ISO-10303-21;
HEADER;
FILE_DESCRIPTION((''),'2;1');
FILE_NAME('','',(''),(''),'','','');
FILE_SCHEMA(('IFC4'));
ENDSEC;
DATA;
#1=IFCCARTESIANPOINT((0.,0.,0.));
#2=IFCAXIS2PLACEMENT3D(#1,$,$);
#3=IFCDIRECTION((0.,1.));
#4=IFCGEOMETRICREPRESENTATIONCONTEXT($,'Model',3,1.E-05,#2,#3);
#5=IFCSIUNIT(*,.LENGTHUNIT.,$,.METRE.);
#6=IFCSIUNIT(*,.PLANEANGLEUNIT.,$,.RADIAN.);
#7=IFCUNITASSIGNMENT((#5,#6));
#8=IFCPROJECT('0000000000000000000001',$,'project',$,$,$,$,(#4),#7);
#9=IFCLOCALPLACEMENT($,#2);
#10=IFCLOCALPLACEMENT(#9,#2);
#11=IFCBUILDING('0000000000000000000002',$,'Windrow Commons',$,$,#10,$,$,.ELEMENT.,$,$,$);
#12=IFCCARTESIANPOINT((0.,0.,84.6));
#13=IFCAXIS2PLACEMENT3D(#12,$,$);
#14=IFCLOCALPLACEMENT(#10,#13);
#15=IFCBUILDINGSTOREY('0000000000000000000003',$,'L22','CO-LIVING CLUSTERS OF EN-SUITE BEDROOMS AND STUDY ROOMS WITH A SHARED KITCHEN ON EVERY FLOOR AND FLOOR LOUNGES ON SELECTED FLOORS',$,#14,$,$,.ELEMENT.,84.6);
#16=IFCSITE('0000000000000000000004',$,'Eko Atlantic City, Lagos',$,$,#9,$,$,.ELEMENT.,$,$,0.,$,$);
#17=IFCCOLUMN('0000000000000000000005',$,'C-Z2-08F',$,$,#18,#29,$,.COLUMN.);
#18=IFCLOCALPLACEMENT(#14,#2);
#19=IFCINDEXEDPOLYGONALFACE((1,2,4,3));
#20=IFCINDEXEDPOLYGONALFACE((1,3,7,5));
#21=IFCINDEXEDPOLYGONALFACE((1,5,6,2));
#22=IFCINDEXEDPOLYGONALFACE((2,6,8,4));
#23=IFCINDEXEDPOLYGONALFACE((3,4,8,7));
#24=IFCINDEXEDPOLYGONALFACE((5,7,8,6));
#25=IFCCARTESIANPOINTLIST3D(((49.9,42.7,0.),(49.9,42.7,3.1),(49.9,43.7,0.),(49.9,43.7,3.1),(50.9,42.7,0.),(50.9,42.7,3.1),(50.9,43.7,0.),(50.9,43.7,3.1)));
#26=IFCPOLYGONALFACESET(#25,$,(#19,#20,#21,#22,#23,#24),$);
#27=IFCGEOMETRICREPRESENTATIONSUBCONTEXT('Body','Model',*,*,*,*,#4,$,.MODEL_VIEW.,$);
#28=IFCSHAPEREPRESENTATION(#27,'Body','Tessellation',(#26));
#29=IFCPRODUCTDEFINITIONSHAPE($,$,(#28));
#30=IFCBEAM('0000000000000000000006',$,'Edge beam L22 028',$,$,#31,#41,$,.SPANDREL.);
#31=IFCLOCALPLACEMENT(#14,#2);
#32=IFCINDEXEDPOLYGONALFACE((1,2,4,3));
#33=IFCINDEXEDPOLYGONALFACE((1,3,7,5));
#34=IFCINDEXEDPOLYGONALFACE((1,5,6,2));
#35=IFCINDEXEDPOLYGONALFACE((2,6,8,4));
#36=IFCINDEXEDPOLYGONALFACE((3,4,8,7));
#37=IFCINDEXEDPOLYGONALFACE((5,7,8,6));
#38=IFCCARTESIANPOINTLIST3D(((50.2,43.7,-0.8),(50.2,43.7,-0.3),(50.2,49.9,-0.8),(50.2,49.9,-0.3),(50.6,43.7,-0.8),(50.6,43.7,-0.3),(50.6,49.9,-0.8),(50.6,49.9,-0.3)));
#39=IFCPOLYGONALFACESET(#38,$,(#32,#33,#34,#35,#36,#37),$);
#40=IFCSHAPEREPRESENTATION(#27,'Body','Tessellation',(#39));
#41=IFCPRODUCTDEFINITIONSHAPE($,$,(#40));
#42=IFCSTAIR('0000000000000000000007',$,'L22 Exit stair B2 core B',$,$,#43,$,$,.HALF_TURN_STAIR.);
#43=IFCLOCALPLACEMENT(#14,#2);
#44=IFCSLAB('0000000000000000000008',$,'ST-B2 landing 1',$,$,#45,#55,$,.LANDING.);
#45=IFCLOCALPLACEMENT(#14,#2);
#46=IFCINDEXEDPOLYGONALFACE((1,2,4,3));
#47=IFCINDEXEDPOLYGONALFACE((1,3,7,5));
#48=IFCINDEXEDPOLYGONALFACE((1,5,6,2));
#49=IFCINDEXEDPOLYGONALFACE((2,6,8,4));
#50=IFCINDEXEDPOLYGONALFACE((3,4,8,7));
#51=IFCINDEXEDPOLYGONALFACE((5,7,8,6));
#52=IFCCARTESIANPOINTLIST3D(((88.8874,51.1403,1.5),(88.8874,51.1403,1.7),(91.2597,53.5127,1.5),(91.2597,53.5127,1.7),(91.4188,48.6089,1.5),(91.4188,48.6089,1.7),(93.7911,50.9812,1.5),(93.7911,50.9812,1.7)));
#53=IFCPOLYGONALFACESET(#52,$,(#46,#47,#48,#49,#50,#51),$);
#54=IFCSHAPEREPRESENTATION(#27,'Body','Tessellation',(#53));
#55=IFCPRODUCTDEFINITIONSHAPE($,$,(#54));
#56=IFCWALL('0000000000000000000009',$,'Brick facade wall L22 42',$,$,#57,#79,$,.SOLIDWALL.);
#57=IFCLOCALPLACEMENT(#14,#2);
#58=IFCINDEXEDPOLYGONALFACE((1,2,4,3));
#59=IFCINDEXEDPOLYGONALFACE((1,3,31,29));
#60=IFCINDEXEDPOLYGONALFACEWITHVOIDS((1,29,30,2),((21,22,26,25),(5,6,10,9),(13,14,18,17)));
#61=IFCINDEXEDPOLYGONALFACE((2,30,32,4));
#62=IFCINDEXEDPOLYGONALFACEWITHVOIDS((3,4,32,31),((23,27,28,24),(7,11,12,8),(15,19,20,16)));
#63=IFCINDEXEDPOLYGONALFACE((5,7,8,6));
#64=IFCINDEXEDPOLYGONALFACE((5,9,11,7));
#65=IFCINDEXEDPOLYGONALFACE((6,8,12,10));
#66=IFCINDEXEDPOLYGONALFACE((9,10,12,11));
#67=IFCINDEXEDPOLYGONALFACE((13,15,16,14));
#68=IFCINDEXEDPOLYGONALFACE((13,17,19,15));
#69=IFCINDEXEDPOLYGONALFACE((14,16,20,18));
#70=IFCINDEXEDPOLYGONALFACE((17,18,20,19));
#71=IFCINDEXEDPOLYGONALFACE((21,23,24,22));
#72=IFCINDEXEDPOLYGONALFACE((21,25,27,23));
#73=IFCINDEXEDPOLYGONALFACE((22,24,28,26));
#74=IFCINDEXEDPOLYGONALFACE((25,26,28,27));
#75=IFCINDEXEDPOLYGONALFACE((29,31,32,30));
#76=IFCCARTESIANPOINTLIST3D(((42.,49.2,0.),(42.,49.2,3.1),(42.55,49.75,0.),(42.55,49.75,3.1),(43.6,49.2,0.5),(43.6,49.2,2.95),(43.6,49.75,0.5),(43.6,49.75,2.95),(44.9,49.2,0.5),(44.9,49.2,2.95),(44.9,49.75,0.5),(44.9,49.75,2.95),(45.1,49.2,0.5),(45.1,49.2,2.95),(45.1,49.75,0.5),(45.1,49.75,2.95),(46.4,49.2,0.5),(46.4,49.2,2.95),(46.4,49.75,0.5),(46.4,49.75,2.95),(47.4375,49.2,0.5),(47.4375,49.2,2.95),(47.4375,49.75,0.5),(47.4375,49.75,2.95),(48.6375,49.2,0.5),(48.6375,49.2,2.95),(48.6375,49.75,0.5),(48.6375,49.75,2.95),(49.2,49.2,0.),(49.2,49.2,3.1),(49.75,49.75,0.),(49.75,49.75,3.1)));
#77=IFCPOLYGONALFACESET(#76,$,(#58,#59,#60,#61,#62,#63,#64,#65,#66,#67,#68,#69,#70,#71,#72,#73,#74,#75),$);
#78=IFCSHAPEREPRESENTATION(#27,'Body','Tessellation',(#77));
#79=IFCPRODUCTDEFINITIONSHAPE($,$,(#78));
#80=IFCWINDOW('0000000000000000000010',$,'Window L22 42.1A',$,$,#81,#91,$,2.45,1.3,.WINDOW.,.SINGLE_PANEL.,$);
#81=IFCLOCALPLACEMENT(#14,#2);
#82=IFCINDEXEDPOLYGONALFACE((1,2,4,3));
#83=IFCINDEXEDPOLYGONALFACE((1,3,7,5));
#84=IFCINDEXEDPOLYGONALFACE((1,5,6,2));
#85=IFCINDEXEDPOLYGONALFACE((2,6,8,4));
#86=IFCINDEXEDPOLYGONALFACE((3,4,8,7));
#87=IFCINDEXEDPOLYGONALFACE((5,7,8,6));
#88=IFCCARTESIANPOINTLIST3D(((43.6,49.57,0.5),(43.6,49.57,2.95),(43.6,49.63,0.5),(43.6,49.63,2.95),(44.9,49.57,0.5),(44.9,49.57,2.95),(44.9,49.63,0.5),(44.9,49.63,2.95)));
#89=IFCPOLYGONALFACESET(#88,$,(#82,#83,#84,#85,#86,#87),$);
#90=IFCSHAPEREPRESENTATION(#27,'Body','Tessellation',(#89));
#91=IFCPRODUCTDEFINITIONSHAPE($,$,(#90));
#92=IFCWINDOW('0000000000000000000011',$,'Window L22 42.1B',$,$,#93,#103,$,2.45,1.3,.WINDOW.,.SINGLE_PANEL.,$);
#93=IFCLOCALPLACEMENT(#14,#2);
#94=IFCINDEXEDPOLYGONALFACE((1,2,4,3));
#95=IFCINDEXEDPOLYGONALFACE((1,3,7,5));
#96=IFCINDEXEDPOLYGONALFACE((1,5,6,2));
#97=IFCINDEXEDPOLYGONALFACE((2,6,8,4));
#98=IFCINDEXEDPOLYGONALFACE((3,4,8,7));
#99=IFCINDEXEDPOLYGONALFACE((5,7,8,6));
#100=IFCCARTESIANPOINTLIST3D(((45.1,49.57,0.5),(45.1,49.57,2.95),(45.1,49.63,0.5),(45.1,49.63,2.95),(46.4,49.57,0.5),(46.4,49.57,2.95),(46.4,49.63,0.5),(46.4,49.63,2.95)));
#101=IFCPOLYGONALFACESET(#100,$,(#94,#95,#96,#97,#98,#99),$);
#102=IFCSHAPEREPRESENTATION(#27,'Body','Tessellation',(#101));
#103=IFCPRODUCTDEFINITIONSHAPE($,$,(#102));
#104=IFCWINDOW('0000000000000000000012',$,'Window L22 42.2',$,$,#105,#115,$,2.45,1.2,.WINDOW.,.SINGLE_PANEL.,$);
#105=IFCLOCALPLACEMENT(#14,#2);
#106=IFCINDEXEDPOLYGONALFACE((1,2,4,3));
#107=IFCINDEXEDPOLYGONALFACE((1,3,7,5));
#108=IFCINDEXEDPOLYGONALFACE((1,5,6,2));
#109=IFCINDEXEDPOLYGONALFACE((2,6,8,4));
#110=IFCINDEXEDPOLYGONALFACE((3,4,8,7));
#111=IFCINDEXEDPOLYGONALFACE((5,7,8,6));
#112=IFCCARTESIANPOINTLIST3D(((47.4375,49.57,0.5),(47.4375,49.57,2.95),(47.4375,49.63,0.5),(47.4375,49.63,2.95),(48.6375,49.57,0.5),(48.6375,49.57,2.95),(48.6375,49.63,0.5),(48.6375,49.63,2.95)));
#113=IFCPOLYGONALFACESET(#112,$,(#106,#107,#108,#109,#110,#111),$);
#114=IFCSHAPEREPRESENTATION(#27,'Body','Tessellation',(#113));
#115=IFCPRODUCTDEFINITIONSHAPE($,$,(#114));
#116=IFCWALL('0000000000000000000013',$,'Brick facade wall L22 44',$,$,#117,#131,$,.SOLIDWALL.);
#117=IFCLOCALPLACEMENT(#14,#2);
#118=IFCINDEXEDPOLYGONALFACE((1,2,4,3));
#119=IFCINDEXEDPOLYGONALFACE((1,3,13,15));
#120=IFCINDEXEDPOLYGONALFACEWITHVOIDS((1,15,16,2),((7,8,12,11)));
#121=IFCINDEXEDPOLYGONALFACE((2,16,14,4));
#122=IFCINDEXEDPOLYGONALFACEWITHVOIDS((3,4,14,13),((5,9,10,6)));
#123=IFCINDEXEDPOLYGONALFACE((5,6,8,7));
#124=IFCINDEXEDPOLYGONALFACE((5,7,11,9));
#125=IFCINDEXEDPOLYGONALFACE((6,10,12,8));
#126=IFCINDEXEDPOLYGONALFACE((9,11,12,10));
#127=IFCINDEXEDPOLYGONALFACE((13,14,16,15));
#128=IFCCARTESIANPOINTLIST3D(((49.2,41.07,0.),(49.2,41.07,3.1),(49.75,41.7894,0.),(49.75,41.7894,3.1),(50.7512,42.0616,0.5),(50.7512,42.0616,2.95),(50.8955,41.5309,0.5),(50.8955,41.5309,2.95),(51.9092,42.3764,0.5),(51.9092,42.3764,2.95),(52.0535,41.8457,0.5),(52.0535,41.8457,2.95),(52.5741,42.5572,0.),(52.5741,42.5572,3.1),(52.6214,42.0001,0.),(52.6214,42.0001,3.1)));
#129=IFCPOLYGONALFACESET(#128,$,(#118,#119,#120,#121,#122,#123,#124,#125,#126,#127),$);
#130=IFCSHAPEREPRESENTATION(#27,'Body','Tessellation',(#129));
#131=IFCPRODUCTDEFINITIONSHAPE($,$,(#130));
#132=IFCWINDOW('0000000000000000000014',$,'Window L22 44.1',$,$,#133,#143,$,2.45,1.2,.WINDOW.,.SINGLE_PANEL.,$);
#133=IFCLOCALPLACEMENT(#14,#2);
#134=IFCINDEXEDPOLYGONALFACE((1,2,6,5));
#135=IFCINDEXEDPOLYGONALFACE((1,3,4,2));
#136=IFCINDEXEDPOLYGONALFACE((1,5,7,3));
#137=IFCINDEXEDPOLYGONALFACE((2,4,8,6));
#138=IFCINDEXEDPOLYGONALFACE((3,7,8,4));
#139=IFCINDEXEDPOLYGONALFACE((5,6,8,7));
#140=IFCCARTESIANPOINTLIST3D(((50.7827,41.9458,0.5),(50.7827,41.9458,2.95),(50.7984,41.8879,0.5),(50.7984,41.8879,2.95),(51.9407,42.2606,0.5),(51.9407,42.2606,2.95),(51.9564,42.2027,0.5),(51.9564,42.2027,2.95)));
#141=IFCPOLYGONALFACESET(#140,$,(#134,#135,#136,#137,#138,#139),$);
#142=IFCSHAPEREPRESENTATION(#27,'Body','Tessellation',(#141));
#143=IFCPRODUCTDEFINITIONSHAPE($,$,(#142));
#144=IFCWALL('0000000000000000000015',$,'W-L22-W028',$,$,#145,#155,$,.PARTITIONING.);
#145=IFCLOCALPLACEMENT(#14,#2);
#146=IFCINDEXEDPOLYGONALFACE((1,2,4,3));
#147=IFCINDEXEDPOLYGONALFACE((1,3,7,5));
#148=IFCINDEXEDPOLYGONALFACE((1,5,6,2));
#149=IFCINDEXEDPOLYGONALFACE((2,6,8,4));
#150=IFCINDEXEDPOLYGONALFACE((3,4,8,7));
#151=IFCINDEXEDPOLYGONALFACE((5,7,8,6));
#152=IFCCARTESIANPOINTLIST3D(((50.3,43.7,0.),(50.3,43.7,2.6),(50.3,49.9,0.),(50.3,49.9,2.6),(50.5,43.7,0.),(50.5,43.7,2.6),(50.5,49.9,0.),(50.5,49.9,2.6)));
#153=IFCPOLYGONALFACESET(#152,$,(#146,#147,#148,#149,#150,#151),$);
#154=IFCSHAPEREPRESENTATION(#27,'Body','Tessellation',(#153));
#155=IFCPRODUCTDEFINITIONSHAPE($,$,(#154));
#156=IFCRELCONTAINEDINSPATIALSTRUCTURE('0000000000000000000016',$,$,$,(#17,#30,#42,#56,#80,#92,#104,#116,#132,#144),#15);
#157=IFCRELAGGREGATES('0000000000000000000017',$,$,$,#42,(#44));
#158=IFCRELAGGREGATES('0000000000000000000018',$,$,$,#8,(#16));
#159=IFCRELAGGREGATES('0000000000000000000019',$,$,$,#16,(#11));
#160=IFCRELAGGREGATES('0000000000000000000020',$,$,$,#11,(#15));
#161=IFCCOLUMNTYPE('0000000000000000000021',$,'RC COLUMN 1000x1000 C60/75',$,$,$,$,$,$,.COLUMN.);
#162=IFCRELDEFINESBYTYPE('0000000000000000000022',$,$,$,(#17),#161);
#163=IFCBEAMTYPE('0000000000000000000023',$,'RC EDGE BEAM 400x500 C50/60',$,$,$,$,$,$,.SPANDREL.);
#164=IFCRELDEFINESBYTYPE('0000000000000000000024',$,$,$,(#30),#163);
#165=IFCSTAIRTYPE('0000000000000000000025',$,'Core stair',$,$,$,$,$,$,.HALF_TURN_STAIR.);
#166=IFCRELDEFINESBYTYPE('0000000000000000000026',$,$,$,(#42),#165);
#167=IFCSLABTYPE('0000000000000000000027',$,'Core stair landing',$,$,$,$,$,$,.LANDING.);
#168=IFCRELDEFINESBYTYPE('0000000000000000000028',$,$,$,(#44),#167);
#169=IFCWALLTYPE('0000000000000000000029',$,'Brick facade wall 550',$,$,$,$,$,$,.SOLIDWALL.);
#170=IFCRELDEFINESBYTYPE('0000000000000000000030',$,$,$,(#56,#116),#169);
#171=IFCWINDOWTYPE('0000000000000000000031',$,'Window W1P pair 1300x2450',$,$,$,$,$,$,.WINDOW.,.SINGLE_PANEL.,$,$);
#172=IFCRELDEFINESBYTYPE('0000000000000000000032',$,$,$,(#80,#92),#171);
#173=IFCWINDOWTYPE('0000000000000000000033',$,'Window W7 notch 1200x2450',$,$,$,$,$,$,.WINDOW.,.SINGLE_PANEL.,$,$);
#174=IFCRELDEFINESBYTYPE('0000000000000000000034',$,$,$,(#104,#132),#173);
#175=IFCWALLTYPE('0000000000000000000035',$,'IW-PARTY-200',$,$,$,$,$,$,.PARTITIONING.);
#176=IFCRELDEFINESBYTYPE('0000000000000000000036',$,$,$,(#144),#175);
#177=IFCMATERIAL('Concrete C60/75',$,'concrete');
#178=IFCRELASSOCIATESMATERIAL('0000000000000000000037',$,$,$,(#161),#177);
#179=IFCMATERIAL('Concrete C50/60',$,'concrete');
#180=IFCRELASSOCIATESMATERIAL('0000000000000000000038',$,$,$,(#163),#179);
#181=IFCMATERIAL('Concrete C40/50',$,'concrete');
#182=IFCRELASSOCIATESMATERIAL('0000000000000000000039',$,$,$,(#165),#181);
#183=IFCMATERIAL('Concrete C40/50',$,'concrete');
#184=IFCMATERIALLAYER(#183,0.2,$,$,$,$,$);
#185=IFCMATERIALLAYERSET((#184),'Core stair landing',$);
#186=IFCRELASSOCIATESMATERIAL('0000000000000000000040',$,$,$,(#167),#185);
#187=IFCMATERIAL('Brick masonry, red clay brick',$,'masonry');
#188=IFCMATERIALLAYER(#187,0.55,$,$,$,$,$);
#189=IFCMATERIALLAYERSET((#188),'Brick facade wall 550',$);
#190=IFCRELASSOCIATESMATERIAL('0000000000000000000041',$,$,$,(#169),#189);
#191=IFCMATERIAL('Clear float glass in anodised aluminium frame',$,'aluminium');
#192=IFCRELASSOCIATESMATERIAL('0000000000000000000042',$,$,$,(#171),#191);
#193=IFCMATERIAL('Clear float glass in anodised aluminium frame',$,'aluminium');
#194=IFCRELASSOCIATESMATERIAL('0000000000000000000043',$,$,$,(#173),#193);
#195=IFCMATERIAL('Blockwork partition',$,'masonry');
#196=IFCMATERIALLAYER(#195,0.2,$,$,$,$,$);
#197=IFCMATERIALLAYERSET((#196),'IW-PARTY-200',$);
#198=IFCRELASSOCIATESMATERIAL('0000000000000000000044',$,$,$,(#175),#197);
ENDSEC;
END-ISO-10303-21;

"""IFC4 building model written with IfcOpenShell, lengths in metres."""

from ifc_helpers import new_model, si_unit, direction, frame, frame_2d, origin, origin_2d, place, context, subcontext, project, spatial, polyline, rectangle, outline, extrude, material, layer, layer_set, material_profile, profile_set, type_object, element, fill, aggregate, save


model = new_model("IFC4")

# Units and contexts
model_context = context("Model", 3, precision=1e-05, world=origin(), true_north=direction((0.0, 1.0)))
body_context = subcontext(model_context, "Body", "Model", "MODEL_VIEW")
ifc_project = project(units=[si_unit("LENGTHUNIT", "METRE"), si_unit("PLANEANGLEUNIT", "RADIAN")], contexts=[model_context])

# Site, building, storey
site_placement = place(None, origin())
site = spatial("IfcSite", under=ifc_project, at=site_placement, Name="Eko Atlantic City, Lagos", CompositionType="ELEMENT", RefElevation=0.0)
building_placement = place(site_placement, origin())
building = spatial("IfcBuilding", under=site, at=building_placement, Name="Windrow Commons", CompositionType="ELEMENT")
storey_placement = place(building_placement, frame((0.0, 0.0, 84.6)))
storey = spatial("IfcBuildingStorey", under=building, at=storey_placement, Name="L22", Description="CO-LIVING CLUSTERS OF EN-SUITE BEDROOMS AND STUDY ROOMS WITH A SHARED KITCHEN ON EVERY FLOOR AND FLOOR LOUNGES ON SELECTED FLOORS", CompositionType="ELEMENT", Elevation=84.6)

# Column
ifc_material_1 = material(Name="Concrete C60/75", Category="concrete")
ifc_material_profile_1 = material_profile(ifc_material_1, rectangle(XDim=1.0, YDim=1.0, at=origin_2d()))
ifc_profile_set_1 = profile_set([ifc_material_profile_1], Name="Concrete C60/75")
column_type = type_object("IfcColumnType", Name="RC COLUMN 1000x1000 C60/75", PredefinedType="COLUMN", material=ifc_profile_set_1)
column_placement = place(storey_placement, frame((50.4, 43.2, 0.0), z_axis=(0.0, 0.0, 1.0), x_axis=(1.0, 0.0, 0.0)))
element("IfcColumn", 1, at=column_placement, inside=storey, type_object=column_type, Name="C-Z2-08F", PredefinedType="COLUMN", context=body_context, shape_type="SweptSolid", body=[
    extrude(rectangle(XDim=1.0, YDim=1.0, at=origin_2d()), origin(), (0.0, 0.0, 1.0), 3.1),
])

# Beam
ifc_material_2 = material(Name="Concrete C50/60", Category="concrete")
ifc_material_profile_2 = material_profile(ifc_material_2, rectangle(XDim=0.4, YDim=0.5, at=origin_2d()))
ifc_profile_set_2 = profile_set([ifc_material_profile_2], Name="Concrete C50/60")
beam_type = type_object("IfcBeamType", Name="RC EDGE BEAM 400x500 C50/60", PredefinedType="SPANDREL", material=ifc_profile_set_2)
beam_placement = place(storey_placement, frame((50.4, 43.7, -0.55), z_axis=(0.0, 1.0, 0.0), x_axis=(-1.0, 0.0, 0.0)))
element("IfcBeam", 2, at=beam_placement, inside=storey, type_object=beam_type, Name="Edge beam L22 028", PredefinedType="SPANDREL", context=body_context, shape_type="SweptSolid", body=[
    extrude(rectangle(XDim=0.4, YDim=0.5, at=origin_2d()), origin(), (0.0, 0.0, 1.0), 6.2),
])

# Stair, slab
ifc_material_3 = material(Name="Concrete C40/50", Category="concrete")
stair_type = type_object("IfcStairType", Name="Core stair", PredefinedType="HALF_TURN_STAIR", material=ifc_material_3)
stair_placement = place(storey_placement, origin())
stair = element("IfcStair", 3, at=stair_placement, inside=storey, type_object=stair_type, Name="L22 Exit stair B2 core B", PredefinedType="HALF_TURN_STAIR")
ifc_material_4 = material(Name="Concrete C40/50", Category="concrete")
ifc_layer_1 = layer(ifc_material_4, 0.2)
ifc_layer_set_1 = layer_set([ifc_layer_1], Name="Core stair landing")
slab_type = type_object("IfcSlabType", Name="Core stair landing", PredefinedType="LANDING", material=ifc_layer_set_1)
slab_placement = place(storey_placement, frame((0.0, 0.0, 1.5)))
slab = element("IfcSlab", 4, at=slab_placement, type_object=slab_type, Name="ST-B2 landing 1", PredefinedType="LANDING", context=body_context, shape_type="SweptSolid", body=[
    extrude(outline(polyline([(88.8874, 51.1403), (91.4188, 48.6089), (93.7911, 50.9812), (91.2597, 53.5127), (88.8874, 51.1403)])), origin(), (0.0, 0.0, 1.0), 0.2),
])
aggregate(stair, [slab])

# Wall, openings, windows
ifc_material_5 = material(Name="Brick masonry, red clay brick", Category="masonry")
ifc_layer_2 = layer(ifc_material_5, 0.55)
ifc_layer_set_2 = layer_set([ifc_layer_2], Name="Brick facade wall 550")
wall_type_1 = type_object("IfcWallType", Name="Brick facade wall 550", PredefinedType="SOLIDWALL", material=ifc_layer_set_2)
wall_1_placement = place(storey_placement, frame((42.275, 49.475, 0.0), z_axis=(0.0, 0.0, 1.0), x_axis=(1.0, 0.0, 0.0)))
wall_1 = element("IfcWall", 5, at=wall_1_placement, inside=storey, type_object=wall_type_1, Name="Brick facade wall L22 42", PredefinedType="SOLIDWALL", context=body_context, shape_type="SweptSolid", body=[
    extrude(outline(polyline([(-0.275, -0.275), (6.925, -0.275), (7.475, 0.275), (0.275, 0.275), (-0.275, -0.275)])), origin(), (0.0, 0.0, 1.0), 3.1),
])
opening_1_placement = place(wall_1_placement, frame((1.325, 0.0, 0.5)))
opening_1 = element("IfcOpeningElement", 6, at=opening_1_placement, cuts=wall_1, PredefinedType="OPENING", context=body_context, shape_type="SweptSolid", body=[
    extrude(rectangle(XDim=1.3, YDim=2.45, at=frame_2d((0.65, 1.225))), frame((0.0, 0.285, 0.0), z_axis=(0.0, -1.0, 0.0), x_axis=(1.0, 0.0, 0.0)), (0.0, 0.0, 1.0), 0.57),
])
opening_2_placement = place(wall_1_placement, frame((2.825, 0.0, 0.5)))
opening_2 = element("IfcOpeningElement", 7, at=opening_2_placement, cuts=wall_1, PredefinedType="OPENING", context=body_context, shape_type="SweptSolid", body=[
    extrude(rectangle(XDim=1.3, YDim=2.45, at=frame_2d((0.65, 1.225))), frame((0.0, 0.285, 0.0), z_axis=(0.0, -1.0, 0.0), x_axis=(1.0, 0.0, 0.0)), (0.0, 0.0, 1.0), 0.57),
])
opening_3_placement = place(wall_1_placement, frame((5.1625, 0.0, 0.5)))
opening_3 = element("IfcOpeningElement", 8, at=opening_3_placement, cuts=wall_1, PredefinedType="OPENING", context=body_context, shape_type="SweptSolid", body=[
    extrude(rectangle(XDim=1.2, YDim=2.45, at=frame_2d((0.6, 1.225))), frame((0.0, 0.285, 0.0), z_axis=(0.0, -1.0, 0.0), x_axis=(1.0, 0.0, 0.0)), (0.0, 0.0, 1.0), 0.57),
])
ifc_material_6 = material(Name="Clear float glass in anodised aluminium frame", Category="aluminium")
window_type_1 = type_object("IfcWindowType", Name="Window W1P pair 1300x2450", PartitioningType="SINGLE_PANEL", PredefinedType="WINDOW", material=ifc_material_6)
window_1_placement = place(opening_1_placement, origin())
window_1 = element("IfcWindow", 9, at=window_1_placement, inside=storey, type_object=window_type_1, Name="Window L22 42.1A", OverallHeight=2.45, OverallWidth=1.3, PartitioningType="SINGLE_PANEL", PredefinedType="WINDOW", context=body_context, shape_type="SweptSolid", body=[
    extrude(rectangle(XDim=1.3, YDim=2.45, at=frame_2d((0.65, 1.225))), frame((0.0, 0.155, 0.0), z_axis=(0.0, -1.0, 0.0), x_axis=(1.0, 0.0, 0.0)), (0.0, 0.0, 1.0), 0.06),
])
fill(opening_1, window_1)
window_2_placement = place(opening_2_placement, origin())
window_2 = element("IfcWindow", 10, at=window_2_placement, inside=storey, type_object=window_type_1, Name="Window L22 42.1B", OverallHeight=2.45, OverallWidth=1.3, PartitioningType="SINGLE_PANEL", PredefinedType="WINDOW", context=body_context, shape_type="SweptSolid", body=[
    extrude(rectangle(XDim=1.3, YDim=2.45, at=frame_2d((0.65, 1.225))), frame((0.0, 0.155, 0.0), z_axis=(0.0, -1.0, 0.0), x_axis=(1.0, 0.0, 0.0)), (0.0, 0.0, 1.0), 0.06),
])
fill(opening_2, window_2)
ifc_material_7 = material(Name="Clear float glass in anodised aluminium frame", Category="aluminium")
window_type_2 = type_object("IfcWindowType", Name="Window W7 notch 1200x2450", PartitioningType="SINGLE_PANEL", PredefinedType="WINDOW", material=ifc_material_7)
window_3_placement = place(opening_3_placement, origin())
window_3 = element("IfcWindow", 11, at=window_3_placement, inside=storey, type_object=window_type_2, Name="Window L22 42.2", OverallHeight=2.45, OverallWidth=1.2, PartitioningType="SINGLE_PANEL", PredefinedType="WINDOW", context=body_context, shape_type="SweptSolid", body=[
    extrude(rectangle(XDim=1.2, YDim=2.45, at=frame_2d((0.6, 1.225))), frame((0.0, 0.155, 0.0), z_axis=(0.0, -1.0, 0.0), x_axis=(1.0, 0.0, 0.0)), (0.0, 0.0, 1.0), 0.06),
])
fill(opening_3, window_3)

# Wall, opening, window
wall_2_placement = place(storey_placement, frame((49.475, 41.4297, 0.0), z_axis=(0.0, 0.0, 1.0), x_axis=(0.964979, 0.262328, 0.0)))
wall_2 = element("IfcWall", 12, at=wall_2_placement, inside=storey, type_object=wall_type_1, Name="Brick facade wall L22 44", PredefinedType="SOLIDWALL", context=body_context, shape_type="SweptSolid", body=[
    extrude(outline(polyline([(-0.3597, -0.275), (3.1858, -0.275), (3.2863, 0.275), (0.3597, 0.275), (-0.3597, -0.275)])), origin(), (0.0, 0.0, 1.0), 3.1),
])
opening_4_placement = place(wall_2_placement, frame((1.3973, 0.0, 0.5)))
opening_4 = element("IfcOpeningElement", 13, at=opening_4_placement, cuts=wall_2, PredefinedType="OPENING", context=body_context, shape_type="SweptSolid", body=[
    extrude(rectangle(XDim=1.2, YDim=2.45, at=frame_2d((0.6, 1.225))), frame((0.0, 0.285, 0.0), z_axis=(0.0, -1.0, 0.0), x_axis=(1.0, 0.0, 0.0)), (0.0, 0.0, 1.0), 0.57),
])
window_4_placement = place(opening_4_placement, origin())
window_4 = element("IfcWindow", 14, at=window_4_placement, inside=storey, type_object=window_type_2, Name="Window L22 44.1", OverallHeight=2.45, OverallWidth=1.2, PartitioningType="SINGLE_PANEL", PredefinedType="WINDOW", context=body_context, shape_type="SweptSolid", body=[
    extrude(rectangle(XDim=1.2, YDim=2.45, at=frame_2d((0.6, 1.225))), frame((0.0, 0.155, 0.0), z_axis=(0.0, -1.0, 0.0), x_axis=(1.0, 0.0, 0.0)), (0.0, 0.0, 1.0), 0.06),
])
fill(opening_4, window_4)

# Wall
ifc_material_8 = material(Name="Blockwork partition", Category="masonry")
ifc_layer_3 = layer(ifc_material_8, 0.2)
ifc_layer_set_3 = layer_set([ifc_layer_3], Name="IW-PARTY-200")
wall_type_2 = type_object("IfcWallType", Name="IW-PARTY-200", PredefinedType="PARTITIONING", material=ifc_layer_set_3)
wall_3_placement = place(storey_placement, frame((50.4, 43.7, 0.0), z_axis=(0.0, 0.0, 1.0), x_axis=(0.0, 1.0, 0.0)))
element("IfcWall", 15, at=wall_3_placement, inside=storey, type_object=wall_type_2, Name="W-L22-W028", PredefinedType="PARTITIONING", context=body_context, shape_type="SweptSolid", body=[
    extrude(rectangle(XDim=6.2, YDim=0.2, at=frame_2d((3.1, 0.0))), origin(), (0.0, 0.0, 1.0), 2.6),
])

save(model, "model.ifc")
